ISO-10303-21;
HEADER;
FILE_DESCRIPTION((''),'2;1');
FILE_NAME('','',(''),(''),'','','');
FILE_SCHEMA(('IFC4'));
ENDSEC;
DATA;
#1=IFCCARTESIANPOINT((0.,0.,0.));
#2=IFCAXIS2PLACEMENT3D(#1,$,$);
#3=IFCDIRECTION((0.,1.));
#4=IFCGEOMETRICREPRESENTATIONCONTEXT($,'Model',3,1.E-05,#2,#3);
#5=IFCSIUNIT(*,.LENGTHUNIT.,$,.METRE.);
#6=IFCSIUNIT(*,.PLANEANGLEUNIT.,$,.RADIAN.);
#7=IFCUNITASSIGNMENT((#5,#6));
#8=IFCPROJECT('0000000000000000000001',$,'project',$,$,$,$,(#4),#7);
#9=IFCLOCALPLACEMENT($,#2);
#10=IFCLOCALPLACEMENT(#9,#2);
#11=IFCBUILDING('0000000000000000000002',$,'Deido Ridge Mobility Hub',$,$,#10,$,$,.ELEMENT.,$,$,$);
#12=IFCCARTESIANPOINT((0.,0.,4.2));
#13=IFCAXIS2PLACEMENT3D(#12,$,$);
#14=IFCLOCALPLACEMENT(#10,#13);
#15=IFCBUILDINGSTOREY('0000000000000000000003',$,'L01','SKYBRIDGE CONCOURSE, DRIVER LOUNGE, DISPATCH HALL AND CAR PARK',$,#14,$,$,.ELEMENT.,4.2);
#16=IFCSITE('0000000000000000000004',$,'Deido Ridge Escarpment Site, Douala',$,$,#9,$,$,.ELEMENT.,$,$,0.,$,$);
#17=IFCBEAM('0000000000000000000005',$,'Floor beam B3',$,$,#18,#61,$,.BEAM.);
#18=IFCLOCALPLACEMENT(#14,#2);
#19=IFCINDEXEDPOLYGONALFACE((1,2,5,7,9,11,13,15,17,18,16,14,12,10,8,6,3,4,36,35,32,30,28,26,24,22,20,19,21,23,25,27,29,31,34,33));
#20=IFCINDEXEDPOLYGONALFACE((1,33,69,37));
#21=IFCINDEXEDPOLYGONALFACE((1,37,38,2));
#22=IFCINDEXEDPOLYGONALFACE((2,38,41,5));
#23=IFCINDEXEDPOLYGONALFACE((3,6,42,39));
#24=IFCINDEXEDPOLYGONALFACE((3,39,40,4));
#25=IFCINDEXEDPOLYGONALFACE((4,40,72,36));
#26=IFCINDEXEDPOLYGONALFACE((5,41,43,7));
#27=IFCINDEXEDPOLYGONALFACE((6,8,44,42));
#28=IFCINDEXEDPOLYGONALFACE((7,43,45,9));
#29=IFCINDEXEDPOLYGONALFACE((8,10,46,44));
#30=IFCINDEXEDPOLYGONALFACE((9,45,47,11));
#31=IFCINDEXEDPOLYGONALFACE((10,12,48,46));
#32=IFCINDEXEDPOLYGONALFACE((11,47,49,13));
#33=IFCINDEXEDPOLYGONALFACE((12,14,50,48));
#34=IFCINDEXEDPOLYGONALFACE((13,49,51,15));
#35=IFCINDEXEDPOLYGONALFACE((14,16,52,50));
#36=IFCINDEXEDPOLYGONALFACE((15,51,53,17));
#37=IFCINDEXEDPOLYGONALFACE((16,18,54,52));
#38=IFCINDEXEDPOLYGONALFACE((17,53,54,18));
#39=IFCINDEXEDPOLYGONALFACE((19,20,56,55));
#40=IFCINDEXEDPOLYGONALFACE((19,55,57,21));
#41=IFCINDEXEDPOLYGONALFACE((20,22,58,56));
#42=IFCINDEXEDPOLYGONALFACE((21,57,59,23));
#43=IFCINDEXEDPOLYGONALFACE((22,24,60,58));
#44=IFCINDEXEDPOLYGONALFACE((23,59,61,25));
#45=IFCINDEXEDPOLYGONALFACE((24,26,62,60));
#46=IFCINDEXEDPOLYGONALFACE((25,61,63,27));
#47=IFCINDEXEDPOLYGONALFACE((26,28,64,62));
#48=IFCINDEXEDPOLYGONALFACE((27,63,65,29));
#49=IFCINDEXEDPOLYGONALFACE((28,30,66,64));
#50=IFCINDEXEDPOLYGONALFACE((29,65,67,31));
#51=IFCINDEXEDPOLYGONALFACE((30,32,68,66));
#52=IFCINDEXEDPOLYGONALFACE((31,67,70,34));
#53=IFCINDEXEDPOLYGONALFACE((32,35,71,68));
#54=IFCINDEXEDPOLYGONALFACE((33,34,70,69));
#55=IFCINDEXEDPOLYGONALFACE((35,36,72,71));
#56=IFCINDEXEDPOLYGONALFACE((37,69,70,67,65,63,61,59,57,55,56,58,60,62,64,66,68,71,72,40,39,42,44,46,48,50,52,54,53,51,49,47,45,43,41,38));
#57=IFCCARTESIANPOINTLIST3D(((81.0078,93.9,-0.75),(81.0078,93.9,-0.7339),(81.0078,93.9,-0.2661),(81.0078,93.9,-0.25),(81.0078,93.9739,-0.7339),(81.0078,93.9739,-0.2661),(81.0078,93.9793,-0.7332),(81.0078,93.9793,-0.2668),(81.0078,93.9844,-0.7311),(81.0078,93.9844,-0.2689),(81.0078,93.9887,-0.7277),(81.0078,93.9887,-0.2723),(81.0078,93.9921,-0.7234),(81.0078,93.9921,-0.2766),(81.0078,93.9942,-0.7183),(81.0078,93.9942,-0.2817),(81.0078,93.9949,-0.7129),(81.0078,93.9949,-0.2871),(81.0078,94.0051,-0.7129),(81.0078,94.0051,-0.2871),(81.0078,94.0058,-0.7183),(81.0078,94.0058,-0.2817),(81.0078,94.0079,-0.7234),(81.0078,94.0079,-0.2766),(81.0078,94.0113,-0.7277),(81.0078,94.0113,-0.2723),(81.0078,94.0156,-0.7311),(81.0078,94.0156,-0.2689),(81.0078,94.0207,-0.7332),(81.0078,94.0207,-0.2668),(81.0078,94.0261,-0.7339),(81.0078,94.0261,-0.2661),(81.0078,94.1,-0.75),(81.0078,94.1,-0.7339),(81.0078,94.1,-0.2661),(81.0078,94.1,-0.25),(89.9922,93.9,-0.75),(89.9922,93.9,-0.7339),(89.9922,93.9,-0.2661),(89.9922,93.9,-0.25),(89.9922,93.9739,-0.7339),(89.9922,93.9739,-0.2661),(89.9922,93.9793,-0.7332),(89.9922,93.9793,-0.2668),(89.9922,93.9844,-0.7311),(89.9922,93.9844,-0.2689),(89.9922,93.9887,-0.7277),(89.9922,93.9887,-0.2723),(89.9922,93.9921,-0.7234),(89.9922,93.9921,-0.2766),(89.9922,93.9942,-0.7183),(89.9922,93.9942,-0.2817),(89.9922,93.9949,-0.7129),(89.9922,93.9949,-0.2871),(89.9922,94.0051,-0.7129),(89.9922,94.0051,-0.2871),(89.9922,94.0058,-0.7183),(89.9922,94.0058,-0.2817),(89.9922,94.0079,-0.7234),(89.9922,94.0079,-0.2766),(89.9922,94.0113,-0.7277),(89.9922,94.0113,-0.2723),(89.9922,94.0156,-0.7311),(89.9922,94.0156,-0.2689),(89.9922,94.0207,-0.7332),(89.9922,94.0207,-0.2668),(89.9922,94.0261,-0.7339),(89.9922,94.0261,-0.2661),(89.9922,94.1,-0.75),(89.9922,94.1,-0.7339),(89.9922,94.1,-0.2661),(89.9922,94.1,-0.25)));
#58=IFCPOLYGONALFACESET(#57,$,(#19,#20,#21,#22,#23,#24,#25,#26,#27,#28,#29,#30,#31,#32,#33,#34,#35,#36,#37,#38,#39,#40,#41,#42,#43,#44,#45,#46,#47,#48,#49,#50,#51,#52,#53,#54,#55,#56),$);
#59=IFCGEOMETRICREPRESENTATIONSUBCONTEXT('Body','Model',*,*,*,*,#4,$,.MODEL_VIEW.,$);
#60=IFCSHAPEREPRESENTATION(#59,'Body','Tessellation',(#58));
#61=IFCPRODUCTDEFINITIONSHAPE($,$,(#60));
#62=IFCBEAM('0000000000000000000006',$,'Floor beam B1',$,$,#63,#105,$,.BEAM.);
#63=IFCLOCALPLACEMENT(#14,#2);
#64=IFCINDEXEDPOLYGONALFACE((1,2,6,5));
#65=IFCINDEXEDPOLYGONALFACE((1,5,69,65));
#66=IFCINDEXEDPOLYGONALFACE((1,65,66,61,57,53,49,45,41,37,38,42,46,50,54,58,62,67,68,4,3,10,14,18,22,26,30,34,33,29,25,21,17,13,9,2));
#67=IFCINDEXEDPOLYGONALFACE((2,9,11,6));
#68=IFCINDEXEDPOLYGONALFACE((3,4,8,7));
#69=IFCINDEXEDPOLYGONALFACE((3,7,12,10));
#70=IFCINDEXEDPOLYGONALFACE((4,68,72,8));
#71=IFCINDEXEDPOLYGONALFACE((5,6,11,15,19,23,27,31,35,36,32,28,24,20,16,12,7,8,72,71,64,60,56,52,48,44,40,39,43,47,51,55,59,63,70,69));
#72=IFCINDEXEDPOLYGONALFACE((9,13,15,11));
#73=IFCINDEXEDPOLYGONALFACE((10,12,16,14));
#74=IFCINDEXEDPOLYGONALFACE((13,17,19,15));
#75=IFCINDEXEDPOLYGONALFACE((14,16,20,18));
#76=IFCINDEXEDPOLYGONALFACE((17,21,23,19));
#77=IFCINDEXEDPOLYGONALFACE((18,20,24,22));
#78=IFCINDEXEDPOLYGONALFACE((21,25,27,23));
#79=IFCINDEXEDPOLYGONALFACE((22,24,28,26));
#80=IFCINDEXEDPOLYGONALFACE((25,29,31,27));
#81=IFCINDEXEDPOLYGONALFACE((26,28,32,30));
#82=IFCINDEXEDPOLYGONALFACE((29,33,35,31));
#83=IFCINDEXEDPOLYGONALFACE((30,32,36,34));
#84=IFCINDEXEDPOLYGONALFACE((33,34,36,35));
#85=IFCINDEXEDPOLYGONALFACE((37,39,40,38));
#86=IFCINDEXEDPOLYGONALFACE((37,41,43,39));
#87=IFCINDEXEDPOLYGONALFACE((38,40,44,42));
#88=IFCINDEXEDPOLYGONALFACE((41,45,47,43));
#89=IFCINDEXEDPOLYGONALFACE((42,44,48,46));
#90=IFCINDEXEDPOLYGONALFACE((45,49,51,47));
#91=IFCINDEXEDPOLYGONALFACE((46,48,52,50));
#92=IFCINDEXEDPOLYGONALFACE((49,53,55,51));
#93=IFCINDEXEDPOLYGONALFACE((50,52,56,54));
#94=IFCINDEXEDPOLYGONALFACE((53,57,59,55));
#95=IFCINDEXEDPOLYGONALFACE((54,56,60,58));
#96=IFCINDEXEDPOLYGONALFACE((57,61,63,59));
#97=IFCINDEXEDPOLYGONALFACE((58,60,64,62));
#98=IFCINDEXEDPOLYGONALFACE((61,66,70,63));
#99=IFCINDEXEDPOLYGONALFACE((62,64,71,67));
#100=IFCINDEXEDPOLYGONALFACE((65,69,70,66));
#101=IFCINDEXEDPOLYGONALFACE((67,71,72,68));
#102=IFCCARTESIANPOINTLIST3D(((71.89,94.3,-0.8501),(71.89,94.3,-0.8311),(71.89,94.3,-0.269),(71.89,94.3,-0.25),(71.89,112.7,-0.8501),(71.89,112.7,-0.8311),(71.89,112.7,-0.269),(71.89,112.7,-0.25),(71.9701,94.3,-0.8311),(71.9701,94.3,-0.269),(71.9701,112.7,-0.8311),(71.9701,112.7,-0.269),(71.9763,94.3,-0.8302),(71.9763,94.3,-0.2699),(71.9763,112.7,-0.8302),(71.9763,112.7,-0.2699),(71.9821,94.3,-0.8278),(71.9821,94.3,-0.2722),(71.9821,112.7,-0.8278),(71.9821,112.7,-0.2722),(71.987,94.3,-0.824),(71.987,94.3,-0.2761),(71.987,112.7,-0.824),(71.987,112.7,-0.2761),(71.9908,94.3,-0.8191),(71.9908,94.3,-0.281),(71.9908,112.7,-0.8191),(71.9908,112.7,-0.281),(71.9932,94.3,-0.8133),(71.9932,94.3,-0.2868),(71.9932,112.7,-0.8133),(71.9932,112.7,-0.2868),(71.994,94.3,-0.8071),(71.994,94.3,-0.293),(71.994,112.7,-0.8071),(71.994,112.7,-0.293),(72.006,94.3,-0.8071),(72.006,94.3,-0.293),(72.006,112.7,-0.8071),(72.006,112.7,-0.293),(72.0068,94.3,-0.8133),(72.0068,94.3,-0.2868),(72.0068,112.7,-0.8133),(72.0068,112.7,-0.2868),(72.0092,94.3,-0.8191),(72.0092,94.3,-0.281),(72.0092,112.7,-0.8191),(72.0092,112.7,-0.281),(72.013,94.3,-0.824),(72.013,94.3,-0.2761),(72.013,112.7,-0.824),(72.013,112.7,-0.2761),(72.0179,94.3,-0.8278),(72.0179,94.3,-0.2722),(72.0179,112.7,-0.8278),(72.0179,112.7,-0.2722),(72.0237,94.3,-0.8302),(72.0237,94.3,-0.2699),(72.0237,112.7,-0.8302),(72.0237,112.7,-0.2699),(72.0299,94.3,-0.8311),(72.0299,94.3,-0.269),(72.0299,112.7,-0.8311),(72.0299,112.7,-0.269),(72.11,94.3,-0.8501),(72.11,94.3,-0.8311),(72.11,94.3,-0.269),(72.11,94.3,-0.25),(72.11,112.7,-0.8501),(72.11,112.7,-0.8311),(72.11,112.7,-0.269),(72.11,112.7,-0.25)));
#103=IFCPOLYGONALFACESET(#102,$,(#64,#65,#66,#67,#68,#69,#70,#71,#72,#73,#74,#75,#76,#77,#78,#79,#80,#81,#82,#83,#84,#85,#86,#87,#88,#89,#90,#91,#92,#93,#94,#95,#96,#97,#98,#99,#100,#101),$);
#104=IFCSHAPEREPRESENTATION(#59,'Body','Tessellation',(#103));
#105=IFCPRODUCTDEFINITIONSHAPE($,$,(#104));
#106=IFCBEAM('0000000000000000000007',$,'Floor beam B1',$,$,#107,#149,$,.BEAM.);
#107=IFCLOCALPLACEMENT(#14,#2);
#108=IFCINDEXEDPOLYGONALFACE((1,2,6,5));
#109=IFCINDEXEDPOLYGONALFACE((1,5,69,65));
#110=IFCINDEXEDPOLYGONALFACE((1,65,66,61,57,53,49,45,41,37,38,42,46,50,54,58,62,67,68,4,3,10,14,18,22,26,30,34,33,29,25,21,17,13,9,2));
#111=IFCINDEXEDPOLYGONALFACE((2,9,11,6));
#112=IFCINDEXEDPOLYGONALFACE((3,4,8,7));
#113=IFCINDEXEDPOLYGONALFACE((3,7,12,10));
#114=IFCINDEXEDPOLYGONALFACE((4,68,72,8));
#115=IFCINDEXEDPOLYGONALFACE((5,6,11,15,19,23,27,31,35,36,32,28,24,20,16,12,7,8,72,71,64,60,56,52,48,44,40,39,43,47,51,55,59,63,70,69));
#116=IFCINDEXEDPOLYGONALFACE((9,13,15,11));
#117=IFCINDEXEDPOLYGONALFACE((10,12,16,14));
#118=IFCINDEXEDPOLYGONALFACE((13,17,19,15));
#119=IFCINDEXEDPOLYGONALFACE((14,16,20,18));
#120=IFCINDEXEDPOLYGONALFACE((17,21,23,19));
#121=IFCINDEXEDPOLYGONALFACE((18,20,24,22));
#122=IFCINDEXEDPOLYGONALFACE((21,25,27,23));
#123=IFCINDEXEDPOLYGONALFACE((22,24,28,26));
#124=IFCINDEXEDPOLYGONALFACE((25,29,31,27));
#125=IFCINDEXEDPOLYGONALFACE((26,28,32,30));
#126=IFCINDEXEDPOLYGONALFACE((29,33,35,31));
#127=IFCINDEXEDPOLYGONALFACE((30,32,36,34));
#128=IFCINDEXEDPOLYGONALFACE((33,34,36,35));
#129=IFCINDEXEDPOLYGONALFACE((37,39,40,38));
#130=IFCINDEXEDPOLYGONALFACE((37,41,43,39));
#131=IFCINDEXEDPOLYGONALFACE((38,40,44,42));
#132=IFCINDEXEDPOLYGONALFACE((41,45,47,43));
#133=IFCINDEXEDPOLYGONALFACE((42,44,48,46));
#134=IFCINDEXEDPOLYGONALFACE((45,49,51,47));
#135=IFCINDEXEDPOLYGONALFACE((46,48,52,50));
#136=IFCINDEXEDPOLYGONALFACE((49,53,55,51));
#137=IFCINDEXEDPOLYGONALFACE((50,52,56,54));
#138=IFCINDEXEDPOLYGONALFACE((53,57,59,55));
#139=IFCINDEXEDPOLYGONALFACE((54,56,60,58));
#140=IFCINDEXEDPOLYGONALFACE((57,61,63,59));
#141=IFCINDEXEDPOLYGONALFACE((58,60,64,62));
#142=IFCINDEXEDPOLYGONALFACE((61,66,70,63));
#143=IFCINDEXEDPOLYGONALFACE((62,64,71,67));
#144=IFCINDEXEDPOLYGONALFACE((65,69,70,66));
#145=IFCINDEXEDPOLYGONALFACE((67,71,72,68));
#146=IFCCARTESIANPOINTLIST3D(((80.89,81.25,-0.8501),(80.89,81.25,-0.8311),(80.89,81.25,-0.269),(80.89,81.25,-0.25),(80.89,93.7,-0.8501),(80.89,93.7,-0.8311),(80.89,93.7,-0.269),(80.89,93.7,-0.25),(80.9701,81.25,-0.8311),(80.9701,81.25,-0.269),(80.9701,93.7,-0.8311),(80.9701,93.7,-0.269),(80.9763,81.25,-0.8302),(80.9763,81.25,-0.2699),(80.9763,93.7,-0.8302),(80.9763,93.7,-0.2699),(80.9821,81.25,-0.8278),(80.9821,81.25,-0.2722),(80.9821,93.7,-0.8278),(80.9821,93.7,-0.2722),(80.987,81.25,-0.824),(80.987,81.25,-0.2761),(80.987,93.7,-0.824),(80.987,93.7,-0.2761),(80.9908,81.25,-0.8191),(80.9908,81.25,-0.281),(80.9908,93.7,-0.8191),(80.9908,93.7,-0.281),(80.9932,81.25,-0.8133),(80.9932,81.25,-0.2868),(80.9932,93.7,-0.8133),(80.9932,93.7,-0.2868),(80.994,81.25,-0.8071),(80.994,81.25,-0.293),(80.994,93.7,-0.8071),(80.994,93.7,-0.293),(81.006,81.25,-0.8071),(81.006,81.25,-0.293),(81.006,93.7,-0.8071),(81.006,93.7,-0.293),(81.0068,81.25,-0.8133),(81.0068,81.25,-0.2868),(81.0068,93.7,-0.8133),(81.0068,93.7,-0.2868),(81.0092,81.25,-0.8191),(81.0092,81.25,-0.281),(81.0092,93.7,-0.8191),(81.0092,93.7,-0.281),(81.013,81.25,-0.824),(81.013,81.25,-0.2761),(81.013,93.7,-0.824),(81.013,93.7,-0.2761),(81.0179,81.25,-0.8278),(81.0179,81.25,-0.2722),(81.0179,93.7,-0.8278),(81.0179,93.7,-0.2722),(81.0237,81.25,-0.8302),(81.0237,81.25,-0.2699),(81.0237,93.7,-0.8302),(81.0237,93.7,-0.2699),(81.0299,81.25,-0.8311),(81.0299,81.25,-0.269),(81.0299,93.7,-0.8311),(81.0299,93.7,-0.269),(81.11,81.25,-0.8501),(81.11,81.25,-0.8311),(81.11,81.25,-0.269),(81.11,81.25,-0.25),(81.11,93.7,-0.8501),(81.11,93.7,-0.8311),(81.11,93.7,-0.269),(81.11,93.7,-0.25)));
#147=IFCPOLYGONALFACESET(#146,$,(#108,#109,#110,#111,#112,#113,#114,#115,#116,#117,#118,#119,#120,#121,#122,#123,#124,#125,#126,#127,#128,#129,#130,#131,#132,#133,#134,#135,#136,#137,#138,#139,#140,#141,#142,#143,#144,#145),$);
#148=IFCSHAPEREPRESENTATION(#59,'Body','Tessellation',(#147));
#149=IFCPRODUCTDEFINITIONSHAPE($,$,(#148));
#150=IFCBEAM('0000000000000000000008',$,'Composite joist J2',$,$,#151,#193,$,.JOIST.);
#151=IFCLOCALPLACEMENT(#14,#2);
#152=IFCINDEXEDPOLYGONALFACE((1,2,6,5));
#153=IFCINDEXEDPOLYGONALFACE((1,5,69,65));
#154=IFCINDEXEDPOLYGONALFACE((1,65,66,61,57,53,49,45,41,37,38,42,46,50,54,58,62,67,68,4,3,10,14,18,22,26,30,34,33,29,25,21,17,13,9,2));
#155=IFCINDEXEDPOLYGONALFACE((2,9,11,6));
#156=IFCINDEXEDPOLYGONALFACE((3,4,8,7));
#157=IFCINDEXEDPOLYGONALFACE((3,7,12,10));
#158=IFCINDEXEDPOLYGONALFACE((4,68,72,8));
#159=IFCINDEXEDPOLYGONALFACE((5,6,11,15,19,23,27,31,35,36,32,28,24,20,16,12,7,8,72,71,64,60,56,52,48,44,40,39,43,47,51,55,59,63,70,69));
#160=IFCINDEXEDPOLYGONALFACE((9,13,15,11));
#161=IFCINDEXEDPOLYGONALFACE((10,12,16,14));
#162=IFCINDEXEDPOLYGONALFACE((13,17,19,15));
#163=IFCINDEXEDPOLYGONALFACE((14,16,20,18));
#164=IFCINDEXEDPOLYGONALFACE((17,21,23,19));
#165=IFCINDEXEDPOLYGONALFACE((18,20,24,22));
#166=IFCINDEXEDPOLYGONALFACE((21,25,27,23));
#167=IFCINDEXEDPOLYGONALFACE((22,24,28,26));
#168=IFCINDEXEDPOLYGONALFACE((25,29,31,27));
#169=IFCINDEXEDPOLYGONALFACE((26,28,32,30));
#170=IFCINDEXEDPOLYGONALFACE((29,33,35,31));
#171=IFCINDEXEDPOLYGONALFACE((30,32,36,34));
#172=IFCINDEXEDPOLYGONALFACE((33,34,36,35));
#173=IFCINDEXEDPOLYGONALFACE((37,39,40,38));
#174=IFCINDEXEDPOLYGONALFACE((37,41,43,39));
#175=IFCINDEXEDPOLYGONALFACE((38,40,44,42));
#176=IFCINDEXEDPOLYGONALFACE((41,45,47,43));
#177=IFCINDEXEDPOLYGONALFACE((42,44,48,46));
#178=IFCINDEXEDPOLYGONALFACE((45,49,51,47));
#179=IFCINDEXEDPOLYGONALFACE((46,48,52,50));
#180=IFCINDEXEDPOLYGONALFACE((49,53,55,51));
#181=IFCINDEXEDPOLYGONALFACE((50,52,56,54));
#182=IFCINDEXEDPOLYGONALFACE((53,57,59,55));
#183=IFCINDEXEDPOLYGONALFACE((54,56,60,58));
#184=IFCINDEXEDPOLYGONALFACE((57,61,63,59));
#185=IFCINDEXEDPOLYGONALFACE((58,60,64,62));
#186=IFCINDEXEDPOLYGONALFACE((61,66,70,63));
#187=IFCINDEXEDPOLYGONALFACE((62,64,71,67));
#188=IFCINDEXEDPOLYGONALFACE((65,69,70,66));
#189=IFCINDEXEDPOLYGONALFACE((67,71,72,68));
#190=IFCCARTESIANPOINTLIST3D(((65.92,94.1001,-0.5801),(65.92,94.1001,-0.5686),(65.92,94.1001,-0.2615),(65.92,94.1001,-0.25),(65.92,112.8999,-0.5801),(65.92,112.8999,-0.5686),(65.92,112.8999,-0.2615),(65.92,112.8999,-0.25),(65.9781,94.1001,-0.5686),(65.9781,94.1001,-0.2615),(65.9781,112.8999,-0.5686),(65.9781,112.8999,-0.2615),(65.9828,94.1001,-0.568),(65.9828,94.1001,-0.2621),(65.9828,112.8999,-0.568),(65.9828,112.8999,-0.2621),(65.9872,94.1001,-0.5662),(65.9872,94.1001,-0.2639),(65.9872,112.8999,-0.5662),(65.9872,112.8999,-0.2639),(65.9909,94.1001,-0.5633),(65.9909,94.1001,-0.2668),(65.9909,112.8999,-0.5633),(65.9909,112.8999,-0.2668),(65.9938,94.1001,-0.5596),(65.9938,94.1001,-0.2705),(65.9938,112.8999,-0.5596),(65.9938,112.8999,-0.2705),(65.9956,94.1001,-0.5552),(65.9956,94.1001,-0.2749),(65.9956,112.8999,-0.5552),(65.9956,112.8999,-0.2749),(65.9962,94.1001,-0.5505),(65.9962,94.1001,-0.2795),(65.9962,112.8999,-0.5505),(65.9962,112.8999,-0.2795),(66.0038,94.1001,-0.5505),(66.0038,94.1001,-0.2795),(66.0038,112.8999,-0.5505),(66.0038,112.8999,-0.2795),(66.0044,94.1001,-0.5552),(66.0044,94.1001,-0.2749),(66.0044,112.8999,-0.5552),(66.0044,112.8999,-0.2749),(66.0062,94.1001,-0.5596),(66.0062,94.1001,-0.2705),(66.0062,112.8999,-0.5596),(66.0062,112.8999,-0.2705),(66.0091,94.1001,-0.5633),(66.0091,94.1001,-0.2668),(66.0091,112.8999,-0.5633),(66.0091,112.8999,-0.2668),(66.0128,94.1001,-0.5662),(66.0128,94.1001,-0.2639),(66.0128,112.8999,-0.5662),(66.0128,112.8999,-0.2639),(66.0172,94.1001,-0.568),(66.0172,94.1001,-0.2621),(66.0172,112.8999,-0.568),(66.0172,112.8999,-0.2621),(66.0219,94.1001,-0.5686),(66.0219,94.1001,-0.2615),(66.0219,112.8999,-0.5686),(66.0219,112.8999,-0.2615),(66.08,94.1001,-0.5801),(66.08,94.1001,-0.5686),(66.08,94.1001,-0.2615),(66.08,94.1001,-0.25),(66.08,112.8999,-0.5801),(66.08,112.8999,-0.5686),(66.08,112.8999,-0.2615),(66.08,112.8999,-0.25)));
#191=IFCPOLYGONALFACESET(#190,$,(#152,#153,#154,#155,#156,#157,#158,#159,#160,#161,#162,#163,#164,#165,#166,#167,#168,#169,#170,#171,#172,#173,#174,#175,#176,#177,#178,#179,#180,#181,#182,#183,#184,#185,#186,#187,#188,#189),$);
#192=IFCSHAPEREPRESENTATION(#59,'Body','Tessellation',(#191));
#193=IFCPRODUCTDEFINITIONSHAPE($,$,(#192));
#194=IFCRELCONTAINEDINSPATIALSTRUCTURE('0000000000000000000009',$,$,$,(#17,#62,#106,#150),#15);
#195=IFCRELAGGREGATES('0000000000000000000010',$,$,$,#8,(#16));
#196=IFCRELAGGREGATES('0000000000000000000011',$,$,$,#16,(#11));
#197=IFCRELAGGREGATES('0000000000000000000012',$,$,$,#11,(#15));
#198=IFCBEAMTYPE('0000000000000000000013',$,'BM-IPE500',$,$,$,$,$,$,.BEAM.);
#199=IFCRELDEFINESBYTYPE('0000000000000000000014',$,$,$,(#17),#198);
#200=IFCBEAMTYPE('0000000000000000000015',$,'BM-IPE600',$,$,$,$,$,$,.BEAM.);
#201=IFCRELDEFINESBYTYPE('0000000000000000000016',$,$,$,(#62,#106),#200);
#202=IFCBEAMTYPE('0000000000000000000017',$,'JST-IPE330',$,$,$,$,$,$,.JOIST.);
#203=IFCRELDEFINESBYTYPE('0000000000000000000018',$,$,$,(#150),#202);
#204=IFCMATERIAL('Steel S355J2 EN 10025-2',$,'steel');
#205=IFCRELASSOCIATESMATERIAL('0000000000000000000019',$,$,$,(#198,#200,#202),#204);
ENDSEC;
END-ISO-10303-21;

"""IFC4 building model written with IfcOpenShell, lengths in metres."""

from ifc_helpers import new_model, si_unit, direction, frame, origin, origin_2d, place, context, subcontext, project, spatial, i_section, extrude, material, material_profile, profile_set, type_object, element, save


model = new_model("IFC4")

# Units and contexts
model_context = context("Model", 3, precision=1e-05, world=origin(), true_north=direction((0.0, 1.0)))
body_context = subcontext(model_context, "Body", "Model", "MODEL_VIEW")
ifc_project = project(units=[si_unit("LENGTHUNIT", "METRE"), si_unit("PLANEANGLEUNIT", "RADIAN")], contexts=[model_context])

# Site, building, storey
site_placement = place(None, origin())
site = spatial("IfcSite", under=ifc_project, at=site_placement, Name="Deido Ridge Escarpment Site, Douala", CompositionType="ELEMENT", RefElevation=0.0)
building_placement = place(site_placement, origin())
building = spatial("IfcBuilding", under=site, at=building_placement, Name="Deido Ridge Mobility Hub", CompositionType="ELEMENT")
storey_placement = place(building_placement, frame((0.0, 0.0, 4.2)))
storey = spatial("IfcBuildingStorey", under=building, at=storey_placement, Name="L01", Description="SKYBRIDGE CONCOURSE, DRIVER LOUNGE, DISPATCH HALL AND CAR PARK", CompositionType="ELEMENT", Elevation=4.2)

# Shared definitions
ifc_material_1 = material(Name="Steel S355J2 EN 10025-2", Category="steel")

# Beams
ifc_material_profile_1 = material_profile(ifc_material_1, i_section(OverallWidth=0.2, OverallDepth=0.5, WebThickness=0.0103, FlangeThickness=0.0161, FilletRadius=0.021, at=origin_2d()), Name="IPE 500")
ifc_profile_set_1 = profile_set([ifc_material_profile_1], Name="Steel S355J2 EN 10025-2")
beam_type_1 = type_object("IfcBeamType", Name="BM-IPE500", PredefinedType="BEAM", material=ifc_profile_set_1)
for number, where, z_axis, x_axis, name in (
    (1, (81.0078, 94.0, -0.5), (1.0, 0.0, 0.0), (0.0, 1.0, 0.0), "Floor beam B3"),
):
    element("IfcBeam", number, at=place(storey_placement, frame(where, z_axis=z_axis, x_axis=x_axis)), inside=storey, type_object=beam_type_1, Name=name, PredefinedType="BEAM", context=body_context, shape_type="SweptSolid", body=[
        extrude(i_section(OverallWidth=0.2, OverallDepth=0.5, WebThickness=0.0103, FlangeThickness=0.0161, FilletRadius=0.021, at=origin_2d()), origin(), (0.0, 0.0, 1.0), 8.9844),
    ])
ifc_material_profile_2 = material_profile(ifc_material_1, i_section(OverallWidth=0.22, OverallDepth=0.6001, WebThickness=0.012, FlangeThickness=0.019, FilletRadius=0.0239, at=origin_2d()), Name="IPE 600")
ifc_profile_set_2 = profile_set([ifc_material_profile_2], Name="Steel S355J2 EN 10025-2")
beam_type_2 = type_object("IfcBeamType", Name="BM-IPE600", PredefinedType="BEAM", material=ifc_profile_set_2)
beam_1_placement = place(storey_placement, frame((72.0, 94.3, -0.55), z_axis=(0.0, 1.0, 0.0), x_axis=(-1.0, 0.0, 0.0)))
element("IfcBeam", 2, at=beam_1_placement, inside=storey, type_object=beam_type_2, Name="Floor beam B1", PredefinedType="BEAM", context=body_context, shape_type="SweptSolid", body=[
    extrude(i_section(OverallWidth=0.22, OverallDepth=0.6001, WebThickness=0.012, FlangeThickness=0.019, FilletRadius=0.0239, at=origin_2d()), origin(), (0.0, 0.0, 1.0), 18.3999),
])
beam_2_placement = place(storey_placement, frame((81.0, 81.25, -0.55), z_axis=(0.0, 1.0, 0.0), x_axis=(-1.0, 0.0, 0.0)))
element("IfcBeam", 3, at=beam_2_placement, inside=storey, type_object=beam_type_2, Name="Floor beam B1", PredefinedType="BEAM", context=body_context, shape_type="SweptSolid", body=[
    extrude(i_section(OverallWidth=0.22, OverallDepth=0.6001, WebThickness=0.012, FlangeThickness=0.019, FilletRadius=0.0239, at=origin_2d()), origin(), (0.0, 0.0, 1.0), 12.45),
])
ifc_material_profile_3 = material_profile(ifc_material_1, i_section(OverallWidth=0.1599, OverallDepth=0.3301, WebThickness=0.0076, FlangeThickness=0.0115, FilletRadius=0.0181, at=origin_2d()), Name="IPE 330")
ifc_profile_set_3 = profile_set([ifc_material_profile_3], Name="Steel S355J2 EN 10025-2")
beam_type_3 = type_object("IfcBeamType", Name="JST-IPE330", PredefinedType="JOIST", material=ifc_profile_set_3)
beam_3_placement = place(storey_placement, frame((66.0, 94.1001, -0.415), z_axis=(0.0, 1.0, 0.0), x_axis=(-1.0, 0.0, 0.0)))
element("IfcBeam", 4, at=beam_3_placement, inside=storey, type_object=beam_type_3, Name="Composite joist J2", PredefinedType="JOIST", context=body_context, shape_type="SweptSolid", body=[
    extrude(i_section(OverallWidth=0.1599, OverallDepth=0.3301, WebThickness=0.0076, FlangeThickness=0.0115, FilletRadius=0.0181, at=origin_2d()), origin(), (0.0, 0.0, 1.0), 18.7998),
])

save(model, "model.ifc")
